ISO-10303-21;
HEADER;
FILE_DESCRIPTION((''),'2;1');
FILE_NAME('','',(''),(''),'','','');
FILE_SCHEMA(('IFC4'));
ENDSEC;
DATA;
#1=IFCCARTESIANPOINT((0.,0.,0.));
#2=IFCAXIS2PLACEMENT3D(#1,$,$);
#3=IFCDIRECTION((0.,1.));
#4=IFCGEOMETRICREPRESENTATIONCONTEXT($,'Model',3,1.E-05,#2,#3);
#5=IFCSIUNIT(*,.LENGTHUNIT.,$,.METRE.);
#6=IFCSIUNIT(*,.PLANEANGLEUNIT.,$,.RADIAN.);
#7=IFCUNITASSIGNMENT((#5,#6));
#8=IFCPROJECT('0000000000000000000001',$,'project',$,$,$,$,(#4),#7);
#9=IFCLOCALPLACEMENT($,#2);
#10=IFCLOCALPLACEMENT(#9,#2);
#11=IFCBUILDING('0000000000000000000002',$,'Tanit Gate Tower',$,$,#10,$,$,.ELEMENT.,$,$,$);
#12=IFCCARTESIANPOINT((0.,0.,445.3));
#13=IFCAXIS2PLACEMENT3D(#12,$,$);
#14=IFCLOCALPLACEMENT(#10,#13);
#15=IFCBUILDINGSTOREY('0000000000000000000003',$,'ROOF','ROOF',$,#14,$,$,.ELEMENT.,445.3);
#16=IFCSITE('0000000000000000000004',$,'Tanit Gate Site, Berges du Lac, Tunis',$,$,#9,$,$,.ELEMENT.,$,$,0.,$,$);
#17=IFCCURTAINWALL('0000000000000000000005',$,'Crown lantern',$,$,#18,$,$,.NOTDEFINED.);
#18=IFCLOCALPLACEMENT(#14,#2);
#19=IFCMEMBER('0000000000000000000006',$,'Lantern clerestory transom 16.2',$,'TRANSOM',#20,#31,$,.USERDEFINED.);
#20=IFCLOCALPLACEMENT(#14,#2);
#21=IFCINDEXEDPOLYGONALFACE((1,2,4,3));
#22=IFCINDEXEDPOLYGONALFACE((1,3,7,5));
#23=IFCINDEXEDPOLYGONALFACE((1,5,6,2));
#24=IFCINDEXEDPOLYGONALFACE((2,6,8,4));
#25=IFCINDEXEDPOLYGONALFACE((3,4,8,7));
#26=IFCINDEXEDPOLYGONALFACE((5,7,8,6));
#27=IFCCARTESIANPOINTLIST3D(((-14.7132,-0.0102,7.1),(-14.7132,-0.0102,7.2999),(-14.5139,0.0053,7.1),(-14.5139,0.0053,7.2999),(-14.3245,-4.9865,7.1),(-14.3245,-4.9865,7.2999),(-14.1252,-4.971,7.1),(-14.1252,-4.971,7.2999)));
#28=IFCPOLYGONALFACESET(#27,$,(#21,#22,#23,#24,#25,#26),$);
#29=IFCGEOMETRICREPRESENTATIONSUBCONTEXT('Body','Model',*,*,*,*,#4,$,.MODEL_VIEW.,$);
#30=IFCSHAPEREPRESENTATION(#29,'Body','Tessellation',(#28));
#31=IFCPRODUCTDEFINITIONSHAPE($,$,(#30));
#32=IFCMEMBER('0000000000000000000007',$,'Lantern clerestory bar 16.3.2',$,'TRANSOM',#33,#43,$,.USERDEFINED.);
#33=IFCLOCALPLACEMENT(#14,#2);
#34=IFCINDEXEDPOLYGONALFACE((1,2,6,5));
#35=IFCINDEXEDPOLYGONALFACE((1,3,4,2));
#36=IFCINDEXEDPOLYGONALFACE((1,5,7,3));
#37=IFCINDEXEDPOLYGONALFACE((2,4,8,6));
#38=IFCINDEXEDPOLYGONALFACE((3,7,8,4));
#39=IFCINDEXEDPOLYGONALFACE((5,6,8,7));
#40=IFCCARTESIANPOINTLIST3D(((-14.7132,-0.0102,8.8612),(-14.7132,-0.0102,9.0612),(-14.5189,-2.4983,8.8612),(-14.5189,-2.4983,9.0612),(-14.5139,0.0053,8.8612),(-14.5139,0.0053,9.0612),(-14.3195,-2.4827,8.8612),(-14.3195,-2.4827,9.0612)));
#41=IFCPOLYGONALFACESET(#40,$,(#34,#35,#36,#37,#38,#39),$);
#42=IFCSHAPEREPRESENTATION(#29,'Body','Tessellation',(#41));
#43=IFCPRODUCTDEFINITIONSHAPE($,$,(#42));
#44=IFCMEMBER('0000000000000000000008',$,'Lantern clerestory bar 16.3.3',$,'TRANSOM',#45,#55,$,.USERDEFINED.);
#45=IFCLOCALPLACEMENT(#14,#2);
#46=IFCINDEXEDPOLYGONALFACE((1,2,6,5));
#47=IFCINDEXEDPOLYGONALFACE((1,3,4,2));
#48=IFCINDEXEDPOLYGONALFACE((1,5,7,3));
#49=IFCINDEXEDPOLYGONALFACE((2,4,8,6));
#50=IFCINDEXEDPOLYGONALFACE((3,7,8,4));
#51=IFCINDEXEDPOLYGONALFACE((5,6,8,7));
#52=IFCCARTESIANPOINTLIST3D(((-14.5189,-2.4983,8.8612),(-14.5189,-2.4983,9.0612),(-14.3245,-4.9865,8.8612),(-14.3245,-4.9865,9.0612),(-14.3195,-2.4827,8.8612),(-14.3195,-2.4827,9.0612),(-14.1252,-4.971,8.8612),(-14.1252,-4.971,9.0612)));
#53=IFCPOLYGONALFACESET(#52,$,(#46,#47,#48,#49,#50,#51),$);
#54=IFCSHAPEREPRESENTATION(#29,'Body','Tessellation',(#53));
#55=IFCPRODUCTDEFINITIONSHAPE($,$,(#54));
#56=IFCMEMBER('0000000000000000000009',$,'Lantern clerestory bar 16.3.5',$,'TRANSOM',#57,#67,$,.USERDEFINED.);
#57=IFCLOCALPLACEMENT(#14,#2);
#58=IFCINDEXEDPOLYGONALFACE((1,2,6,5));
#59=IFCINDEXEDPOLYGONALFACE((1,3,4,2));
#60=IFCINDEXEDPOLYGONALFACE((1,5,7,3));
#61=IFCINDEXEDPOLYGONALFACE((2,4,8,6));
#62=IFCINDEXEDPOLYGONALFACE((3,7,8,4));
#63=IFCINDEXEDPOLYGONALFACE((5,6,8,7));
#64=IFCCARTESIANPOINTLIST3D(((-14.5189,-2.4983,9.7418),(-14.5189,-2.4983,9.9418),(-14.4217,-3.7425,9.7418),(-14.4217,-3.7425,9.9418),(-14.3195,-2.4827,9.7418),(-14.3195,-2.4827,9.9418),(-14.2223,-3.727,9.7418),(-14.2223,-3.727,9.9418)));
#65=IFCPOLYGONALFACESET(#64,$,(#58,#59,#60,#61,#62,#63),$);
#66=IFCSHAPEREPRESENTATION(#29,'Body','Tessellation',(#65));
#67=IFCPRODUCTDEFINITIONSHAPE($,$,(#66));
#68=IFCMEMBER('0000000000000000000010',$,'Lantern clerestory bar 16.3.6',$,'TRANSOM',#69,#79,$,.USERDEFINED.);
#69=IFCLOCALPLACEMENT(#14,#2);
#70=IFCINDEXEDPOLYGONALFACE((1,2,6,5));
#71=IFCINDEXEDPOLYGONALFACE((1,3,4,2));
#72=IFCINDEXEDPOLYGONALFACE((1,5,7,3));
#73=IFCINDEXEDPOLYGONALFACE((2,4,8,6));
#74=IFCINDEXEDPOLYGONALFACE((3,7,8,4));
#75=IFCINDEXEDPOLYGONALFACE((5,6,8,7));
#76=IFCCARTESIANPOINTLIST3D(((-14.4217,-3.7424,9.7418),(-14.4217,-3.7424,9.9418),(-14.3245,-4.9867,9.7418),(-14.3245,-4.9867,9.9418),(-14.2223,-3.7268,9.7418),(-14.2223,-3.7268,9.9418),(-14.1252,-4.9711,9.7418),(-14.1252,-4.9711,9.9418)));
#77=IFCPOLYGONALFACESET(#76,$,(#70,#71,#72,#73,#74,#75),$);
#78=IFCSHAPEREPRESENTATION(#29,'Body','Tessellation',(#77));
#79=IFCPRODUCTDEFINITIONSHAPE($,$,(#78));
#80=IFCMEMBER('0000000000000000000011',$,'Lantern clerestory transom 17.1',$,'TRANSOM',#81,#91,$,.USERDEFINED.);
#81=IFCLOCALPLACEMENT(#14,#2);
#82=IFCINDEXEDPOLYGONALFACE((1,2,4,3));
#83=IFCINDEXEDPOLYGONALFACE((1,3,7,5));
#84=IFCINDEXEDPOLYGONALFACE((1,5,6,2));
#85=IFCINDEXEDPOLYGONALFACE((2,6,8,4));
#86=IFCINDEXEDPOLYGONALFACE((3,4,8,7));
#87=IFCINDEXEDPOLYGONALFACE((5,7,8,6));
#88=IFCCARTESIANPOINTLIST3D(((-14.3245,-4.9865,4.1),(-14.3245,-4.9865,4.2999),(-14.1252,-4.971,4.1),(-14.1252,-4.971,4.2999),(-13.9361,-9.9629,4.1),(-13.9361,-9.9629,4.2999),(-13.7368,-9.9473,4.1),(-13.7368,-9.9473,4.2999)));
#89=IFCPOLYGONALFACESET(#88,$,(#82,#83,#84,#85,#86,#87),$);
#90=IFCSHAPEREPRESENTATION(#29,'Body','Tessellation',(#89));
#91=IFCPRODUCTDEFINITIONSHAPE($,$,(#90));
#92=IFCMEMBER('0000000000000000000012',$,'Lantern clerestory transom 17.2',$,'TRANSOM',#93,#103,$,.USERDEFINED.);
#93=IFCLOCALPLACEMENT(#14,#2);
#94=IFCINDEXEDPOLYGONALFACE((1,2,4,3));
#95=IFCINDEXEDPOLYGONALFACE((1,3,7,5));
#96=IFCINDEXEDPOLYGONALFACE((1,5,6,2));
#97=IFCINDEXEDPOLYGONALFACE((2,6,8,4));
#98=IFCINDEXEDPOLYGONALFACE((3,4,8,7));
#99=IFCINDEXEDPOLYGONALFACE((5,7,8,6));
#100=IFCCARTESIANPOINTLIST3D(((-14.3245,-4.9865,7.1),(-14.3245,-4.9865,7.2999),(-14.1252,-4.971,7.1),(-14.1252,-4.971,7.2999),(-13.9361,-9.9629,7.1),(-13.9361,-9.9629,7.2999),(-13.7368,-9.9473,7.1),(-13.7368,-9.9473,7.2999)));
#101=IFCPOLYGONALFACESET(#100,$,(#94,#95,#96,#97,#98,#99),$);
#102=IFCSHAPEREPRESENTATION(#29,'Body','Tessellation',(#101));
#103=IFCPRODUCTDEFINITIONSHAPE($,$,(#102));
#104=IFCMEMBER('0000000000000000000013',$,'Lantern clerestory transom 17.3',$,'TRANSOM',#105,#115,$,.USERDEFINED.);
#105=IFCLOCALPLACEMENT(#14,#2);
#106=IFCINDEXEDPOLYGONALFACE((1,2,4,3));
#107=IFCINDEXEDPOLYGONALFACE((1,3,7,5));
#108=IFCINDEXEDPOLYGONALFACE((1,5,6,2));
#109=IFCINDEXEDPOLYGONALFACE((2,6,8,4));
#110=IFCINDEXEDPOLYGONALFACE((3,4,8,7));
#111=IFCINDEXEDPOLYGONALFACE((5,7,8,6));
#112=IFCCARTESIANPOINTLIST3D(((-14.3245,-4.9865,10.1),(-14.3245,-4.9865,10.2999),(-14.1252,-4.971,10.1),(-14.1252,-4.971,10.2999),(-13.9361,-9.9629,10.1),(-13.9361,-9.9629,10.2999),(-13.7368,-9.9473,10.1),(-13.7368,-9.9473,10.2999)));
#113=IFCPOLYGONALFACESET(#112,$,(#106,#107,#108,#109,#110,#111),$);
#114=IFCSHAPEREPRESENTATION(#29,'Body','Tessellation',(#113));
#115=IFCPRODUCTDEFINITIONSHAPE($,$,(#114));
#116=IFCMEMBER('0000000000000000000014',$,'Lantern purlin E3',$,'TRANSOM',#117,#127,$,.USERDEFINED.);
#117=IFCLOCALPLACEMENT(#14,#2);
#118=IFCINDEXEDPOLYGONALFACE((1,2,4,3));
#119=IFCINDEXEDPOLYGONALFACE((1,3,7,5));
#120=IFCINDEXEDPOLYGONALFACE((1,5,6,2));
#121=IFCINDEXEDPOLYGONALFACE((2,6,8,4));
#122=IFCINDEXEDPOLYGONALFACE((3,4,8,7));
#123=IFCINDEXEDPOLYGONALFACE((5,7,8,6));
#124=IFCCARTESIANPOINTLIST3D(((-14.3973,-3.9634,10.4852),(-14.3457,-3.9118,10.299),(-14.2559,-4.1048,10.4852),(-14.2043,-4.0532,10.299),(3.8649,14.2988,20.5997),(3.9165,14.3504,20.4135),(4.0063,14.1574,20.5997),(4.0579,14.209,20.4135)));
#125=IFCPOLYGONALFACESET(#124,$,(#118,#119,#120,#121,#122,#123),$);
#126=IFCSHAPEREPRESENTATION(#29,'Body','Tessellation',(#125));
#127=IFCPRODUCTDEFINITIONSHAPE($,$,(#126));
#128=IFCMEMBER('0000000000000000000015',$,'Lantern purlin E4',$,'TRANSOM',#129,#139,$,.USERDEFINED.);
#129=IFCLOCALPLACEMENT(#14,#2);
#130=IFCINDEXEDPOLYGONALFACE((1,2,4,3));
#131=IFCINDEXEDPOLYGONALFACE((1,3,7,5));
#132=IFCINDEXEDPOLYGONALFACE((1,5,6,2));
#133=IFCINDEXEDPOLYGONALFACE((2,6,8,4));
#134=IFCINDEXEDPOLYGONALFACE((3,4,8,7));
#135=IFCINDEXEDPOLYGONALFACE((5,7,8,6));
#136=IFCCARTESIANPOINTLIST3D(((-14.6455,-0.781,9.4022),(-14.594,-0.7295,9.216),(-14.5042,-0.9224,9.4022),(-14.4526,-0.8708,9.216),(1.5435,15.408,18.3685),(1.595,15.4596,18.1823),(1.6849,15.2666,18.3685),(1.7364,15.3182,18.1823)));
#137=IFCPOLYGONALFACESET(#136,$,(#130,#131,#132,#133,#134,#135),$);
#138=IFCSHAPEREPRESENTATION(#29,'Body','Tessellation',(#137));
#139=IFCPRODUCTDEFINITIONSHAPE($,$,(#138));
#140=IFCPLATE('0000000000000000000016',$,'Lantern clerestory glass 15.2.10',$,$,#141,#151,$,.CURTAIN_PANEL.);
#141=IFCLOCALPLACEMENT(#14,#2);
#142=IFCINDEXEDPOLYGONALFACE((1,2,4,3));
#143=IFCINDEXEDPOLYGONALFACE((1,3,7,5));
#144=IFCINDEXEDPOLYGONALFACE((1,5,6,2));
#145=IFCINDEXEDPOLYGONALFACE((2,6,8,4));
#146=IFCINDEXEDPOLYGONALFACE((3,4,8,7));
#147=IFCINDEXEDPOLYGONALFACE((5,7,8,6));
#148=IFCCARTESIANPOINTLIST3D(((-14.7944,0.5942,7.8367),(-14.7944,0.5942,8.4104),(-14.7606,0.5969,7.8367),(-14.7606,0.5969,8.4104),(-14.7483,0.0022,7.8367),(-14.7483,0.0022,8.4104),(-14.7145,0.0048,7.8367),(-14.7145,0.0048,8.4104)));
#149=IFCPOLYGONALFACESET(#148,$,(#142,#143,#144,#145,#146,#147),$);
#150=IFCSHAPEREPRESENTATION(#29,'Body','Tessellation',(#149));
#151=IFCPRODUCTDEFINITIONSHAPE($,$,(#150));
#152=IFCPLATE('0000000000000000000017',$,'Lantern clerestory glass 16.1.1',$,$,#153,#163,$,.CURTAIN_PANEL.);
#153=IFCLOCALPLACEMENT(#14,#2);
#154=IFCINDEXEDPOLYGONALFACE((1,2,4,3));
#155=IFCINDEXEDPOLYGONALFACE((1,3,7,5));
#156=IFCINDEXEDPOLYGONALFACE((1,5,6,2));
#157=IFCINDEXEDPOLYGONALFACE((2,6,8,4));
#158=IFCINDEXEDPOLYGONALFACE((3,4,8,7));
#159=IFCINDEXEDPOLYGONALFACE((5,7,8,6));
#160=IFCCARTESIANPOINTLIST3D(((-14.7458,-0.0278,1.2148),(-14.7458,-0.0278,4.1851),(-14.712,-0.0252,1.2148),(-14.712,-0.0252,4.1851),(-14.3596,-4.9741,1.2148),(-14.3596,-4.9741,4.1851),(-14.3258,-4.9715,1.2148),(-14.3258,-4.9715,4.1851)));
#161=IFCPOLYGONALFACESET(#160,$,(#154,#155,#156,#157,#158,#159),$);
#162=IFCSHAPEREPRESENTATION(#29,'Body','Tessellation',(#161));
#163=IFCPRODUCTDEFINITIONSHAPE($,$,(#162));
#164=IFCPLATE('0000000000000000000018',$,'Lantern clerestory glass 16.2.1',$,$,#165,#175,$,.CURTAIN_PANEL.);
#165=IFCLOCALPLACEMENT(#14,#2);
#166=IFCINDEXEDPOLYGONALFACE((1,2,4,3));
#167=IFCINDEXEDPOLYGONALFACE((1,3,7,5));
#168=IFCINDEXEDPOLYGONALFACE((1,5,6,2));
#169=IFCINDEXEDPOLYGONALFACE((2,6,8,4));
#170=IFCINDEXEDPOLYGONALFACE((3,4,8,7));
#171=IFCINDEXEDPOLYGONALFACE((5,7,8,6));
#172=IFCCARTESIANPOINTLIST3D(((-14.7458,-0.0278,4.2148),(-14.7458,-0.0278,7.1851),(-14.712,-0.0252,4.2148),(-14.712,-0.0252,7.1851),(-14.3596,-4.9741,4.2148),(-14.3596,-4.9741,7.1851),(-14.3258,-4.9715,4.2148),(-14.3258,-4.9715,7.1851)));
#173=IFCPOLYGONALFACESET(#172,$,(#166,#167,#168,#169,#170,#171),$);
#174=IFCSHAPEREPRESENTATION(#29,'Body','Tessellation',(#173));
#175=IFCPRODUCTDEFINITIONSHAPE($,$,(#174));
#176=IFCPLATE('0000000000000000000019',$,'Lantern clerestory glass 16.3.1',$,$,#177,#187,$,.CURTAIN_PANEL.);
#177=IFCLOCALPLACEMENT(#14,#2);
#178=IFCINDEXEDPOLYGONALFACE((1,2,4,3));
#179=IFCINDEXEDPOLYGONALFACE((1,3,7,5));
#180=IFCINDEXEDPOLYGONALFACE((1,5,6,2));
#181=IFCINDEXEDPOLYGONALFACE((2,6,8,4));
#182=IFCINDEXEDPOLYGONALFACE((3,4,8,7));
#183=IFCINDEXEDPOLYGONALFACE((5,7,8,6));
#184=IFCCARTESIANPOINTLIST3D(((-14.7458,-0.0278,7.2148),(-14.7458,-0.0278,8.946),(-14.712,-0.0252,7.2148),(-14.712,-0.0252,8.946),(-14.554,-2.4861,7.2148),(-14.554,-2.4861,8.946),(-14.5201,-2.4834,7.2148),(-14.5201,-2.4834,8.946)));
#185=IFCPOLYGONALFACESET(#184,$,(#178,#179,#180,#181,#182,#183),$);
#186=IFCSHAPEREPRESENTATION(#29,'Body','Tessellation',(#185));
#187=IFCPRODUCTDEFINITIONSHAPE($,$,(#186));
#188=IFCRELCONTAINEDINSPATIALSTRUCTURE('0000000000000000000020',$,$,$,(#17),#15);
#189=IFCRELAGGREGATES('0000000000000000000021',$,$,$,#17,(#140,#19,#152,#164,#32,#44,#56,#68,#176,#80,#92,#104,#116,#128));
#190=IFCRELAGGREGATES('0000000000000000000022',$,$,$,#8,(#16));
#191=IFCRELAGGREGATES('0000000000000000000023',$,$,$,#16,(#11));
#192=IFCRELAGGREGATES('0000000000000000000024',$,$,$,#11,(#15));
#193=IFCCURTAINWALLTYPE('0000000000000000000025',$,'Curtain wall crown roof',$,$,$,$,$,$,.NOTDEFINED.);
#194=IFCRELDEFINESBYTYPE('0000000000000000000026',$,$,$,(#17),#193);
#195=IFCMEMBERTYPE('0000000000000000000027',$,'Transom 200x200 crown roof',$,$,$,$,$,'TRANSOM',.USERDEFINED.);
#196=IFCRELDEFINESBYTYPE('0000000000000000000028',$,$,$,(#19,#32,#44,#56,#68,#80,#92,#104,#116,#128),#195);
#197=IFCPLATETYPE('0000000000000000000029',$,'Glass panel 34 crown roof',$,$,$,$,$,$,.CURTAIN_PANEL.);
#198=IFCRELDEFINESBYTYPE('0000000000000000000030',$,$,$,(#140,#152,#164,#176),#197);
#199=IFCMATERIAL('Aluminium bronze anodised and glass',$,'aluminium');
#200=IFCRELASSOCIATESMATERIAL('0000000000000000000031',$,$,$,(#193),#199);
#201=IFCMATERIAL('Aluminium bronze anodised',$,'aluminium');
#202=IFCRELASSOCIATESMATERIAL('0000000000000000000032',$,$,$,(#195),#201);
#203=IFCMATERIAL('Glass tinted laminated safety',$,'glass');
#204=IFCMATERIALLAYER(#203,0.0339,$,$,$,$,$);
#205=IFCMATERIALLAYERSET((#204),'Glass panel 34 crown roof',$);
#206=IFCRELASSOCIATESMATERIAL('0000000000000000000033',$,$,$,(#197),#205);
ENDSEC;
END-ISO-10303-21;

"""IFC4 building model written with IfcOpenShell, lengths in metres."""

from ifc_helpers import new_model, si_unit, direction, frame, origin, origin_2d, place, context, subcontext, project, spatial, polyline, rectangle, outline, extrude, material, layer, layer_set, material_profile, profile_set, type_object, element, aggregate, save


model = new_model("IFC4")

# Units and contexts
model_context = context("Model", 3, precision=1e-05, world=origin(), true_north=direction((0.0, 1.0)))
body_context = subcontext(model_context, "Body", "Model", "MODEL_VIEW")
ifc_project = project(units=[si_unit("LENGTHUNIT", "METRE"), si_unit("PLANEANGLEUNIT", "RADIAN")], contexts=[model_context])

# Site, building, storey
site_placement = place(None, origin())
site = spatial("IfcSite", under=ifc_project, at=site_placement, Name="Tanit Gate Site, Berges du Lac, Tunis", CompositionType="ELEMENT", RefElevation=0.0)
building_placement = place(site_placement, origin())
building = spatial("IfcBuilding", under=site, at=building_placement, Name="Tanit Gate Tower", CompositionType="ELEMENT")
storey_placement = place(building_placement, frame((0.0, 0.0, 445.3)))
storey = spatial("IfcBuildingStorey", under=building, at=storey_placement, Name="ROOF", Description="ROOF", CompositionType="ELEMENT", Elevation=445.3)

# Curtain wall, members, plates
ifc_material_1 = material(Name="Aluminium bronze anodised and glass", Category="aluminium")
curtain_wall_type = type_object("IfcCurtainWallType", Name="Curtain wall crown roof", PredefinedType="NOTDEFINED", material=ifc_material_1)
curtain_wall_placement = place(storey_placement, origin())
curtain_wall = element("IfcCurtainWall", 1, at=curtain_wall_placement, inside=storey, type_object=curtain_wall_type, Name="Crown lantern", PredefinedType="NOTDEFINED")
ifc_material_2 = material(Name="Aluminium bronze anodised", Category="aluminium")
ifc_material_profile_1 = material_profile(ifc_material_2, rectangle(XDim=0.2, YDim=0.2, at=origin_2d()), Name="200x200 bronze transom")
ifc_profile_set_1 = profile_set([ifc_material_profile_1], Name="Aluminium bronze anodised")
member_type_1 = type_object("IfcMemberType", Name="Transom 200x200 crown roof", ElementType="TRANSOM", PredefinedType="USERDEFINED", material=ifc_profile_set_1)
member_1_placement = place(storey_placement, frame((-14.6135, -0.0024, 7.2), z_axis=(0.077867, -0.996964, 0.0), x_axis=(0.996964, 0.077867, 0.0)))
member_1 = element("IfcMember", 2, at=member_1_placement, type_object=member_type_1, Name="Lantern clerestory transom 16.2", ObjectType="TRANSOM", PredefinedType="USERDEFINED", context=body_context, shape_type="SweptSolid", body=[
    extrude(rectangle(XDim=0.2, YDim=0.2, at=origin_2d()), origin(), (0.0, 0.0, 1.0), 4.9915),
])
member_2_placement = place(storey_placement, frame((-14.6135, -0.0024, 8.9612), z_axis=(0.077871, -0.996963, 0.0), x_axis=(0.996963, 0.077871, 0.0)))
member_2 = element("IfcMember", 3, at=member_2_placement, type_object=member_type_1, Name="Lantern clerestory bar 16.3.2", ObjectType="TRANSOM", PredefinedType="USERDEFINED", context=body_context, shape_type="SweptSolid", body=[
    extrude(rectangle(XDim=0.2, YDim=0.2, at=origin_2d()), origin(), (0.0, 0.0, 1.0), 2.4956),
])
member_3_placement = place(storey_placement, frame((-14.4192, -2.4905, 8.9612), z_axis=(0.077863, -0.996964, 0.0), x_axis=(0.996964, 0.077863, 0.0)))
member_3 = element("IfcMember", 4, at=member_3_placement, type_object=member_type_1, Name="Lantern clerestory bar 16.3.3", ObjectType="TRANSOM", PredefinedType="USERDEFINED", context=body_context, shape_type="SweptSolid", body=[
    extrude(rectangle(XDim=0.2, YDim=0.2, at=origin_2d()), origin(), (0.0, 0.0, 1.0), 2.4958),
])
member_4_placement = place(storey_placement, frame((-14.4192, -2.4905, 9.8418), z_axis=(0.077863, -0.996964, 0.0), x_axis=(0.996964, 0.077863, 0.0)))
member_4 = element("IfcMember", 5, at=member_4_placement, type_object=member_type_1, Name="Lantern clerestory bar 16.3.5", ObjectType="TRANSOM", PredefinedType="USERDEFINED", context=body_context, shape_type="SweptSolid", body=[
    extrude(rectangle(XDim=0.2, YDim=0.2, at=origin_2d()), origin(), (0.0, 0.0, 1.0), 1.248),
])
member_5_placement = place(storey_placement, frame((-14.322, -3.7346, 9.8418), z_axis=(0.077863, -0.996964, 0.0), x_axis=(0.996964, 0.077863, 0.0)))
member_5 = element("IfcMember", 6, at=member_5_placement, type_object=member_type_1, Name="Lantern clerestory bar 16.3.6", ObjectType="TRANSOM", PredefinedType="USERDEFINED", context=body_context, shape_type="SweptSolid", body=[
    extrude(rectangle(XDim=0.2, YDim=0.2, at=origin_2d()), origin(), (0.0, 0.0, 1.0), 1.248),
])
member_6_placement = place(storey_placement, frame((-14.2249, -4.9788, 4.2), z_axis=(0.077819, -0.996968, 0.0), x_axis=(0.996968, 0.077819, 0.0)))
member_6 = element("IfcMember", 7, at=member_6_placement, type_object=member_type_1, Name="Lantern clerestory transom 17.1", ObjectType="TRANSOM", PredefinedType="USERDEFINED", context=body_context, shape_type="SweptSolid", body=[
    extrude(rectangle(XDim=0.2, YDim=0.2, at=origin_2d()), origin(), (0.0, 0.0, 1.0), 4.9915),
])
member_7_placement = place(storey_placement, frame((-14.2249, -4.9788, 7.2), z_axis=(0.077819, -0.996968, 0.0), x_axis=(0.996968, 0.077819, 0.0)))
member_7 = element("IfcMember", 8, at=member_7_placement, type_object=member_type_1, Name="Lantern clerestory transom 17.2", ObjectType="TRANSOM", PredefinedType="USERDEFINED", context=body_context, shape_type="SweptSolid", body=[
    extrude(rectangle(XDim=0.2, YDim=0.2, at=origin_2d()), origin(), (0.0, 0.0, 1.0), 4.9915),
])
member_8_placement = place(storey_placement, frame((-14.2249, -4.9788, 10.2), z_axis=(0.077819, -0.996968, 0.0), x_axis=(0.996968, 0.077819, 0.0)))
member_8 = element("IfcMember", 9, at=member_8_placement, type_object=member_type_1, Name="Lantern clerestory transom 17.3", ObjectType="TRANSOM", PredefinedType="USERDEFINED", context=body_context, shape_type="SweptSolid", body=[
    extrude(rectangle(XDim=0.2, YDim=0.2, at=origin_2d()), origin(), (0.0, 0.0, 1.0), 4.9915),
])
member_9_placement = place(storey_placement, frame((-14.3008, -4.0083, 10.3921), z_axis=(0.658415, 0.658415, 0.364663), x_axis=(-0.707107, 0.707107, 0.0)))
member_9 = element("IfcMember", 10, at=member_9_placement, type_object=member_type_1, Name="Lantern purlin E3", ObjectType="TRANSOM", PredefinedType="USERDEFINED", context=body_context, shape_type="SweptSolid", body=[
    extrude(rectangle(XDim=0.2, YDim=0.2, at=origin_2d()), origin(), (0.0, 0.0, 1.0), 27.7366),
])
member_10_placement = place(storey_placement, frame((-14.5491, -0.8259, 9.3091), z_axis=(0.658415, 0.658415, 0.364665), x_axis=(-0.707107, 0.707107, 0.0)))
member_10 = element("IfcMember", 11, at=member_10_placement, type_object=member_type_1, Name="Lantern purlin E4", ObjectType="TRANSOM", PredefinedType="USERDEFINED", context=body_context, shape_type="SweptSolid", body=[
    extrude(rectangle(XDim=0.2, YDim=0.2, at=origin_2d()), origin(), (0.0, 0.0, 1.0), 24.5879),
])
ifc_material_3 = material(Name="Glass tinted laminated safety", Category="glass")
ifc_layer_1 = layer(ifc_material_3, 0.0339)
ifc_layer_set_1 = layer_set([ifc_layer_1], Name="Glass panel 34 crown roof")
plate_type = type_object("IfcPlateType", Name="Glass panel 34 crown roof", PredefinedType="CURTAIN_PANEL", material=ifc_layer_set_1)
plate_1_placement = place(storey_placement, frame((-14.7944, 0.5942, 7.8367), z_axis=(-0.996977, -0.077703, 0.0), x_axis=(0.077703, -0.996977, 0.0)))
plate_1 = element("IfcPlate", 12, at=plate_1_placement, type_object=plate_type, Name="Lantern clerestory glass 15.2.10", PredefinedType="CURTAIN_PANEL", context=body_context, shape_type="SweptSolid", body=[
    extrude(outline(polyline([(0.0, 0.0), (0.5938, 0.0), (0.5938, 0.5737), (0.0, 0.5737), (0.0, 0.0)])), origin(), (0.0, 0.0, -1.0), 0.0339),
])
plate_2_placement = place(storey_placement, frame((-14.7458, -0.0278, 1.2148), z_axis=(-0.996965, -0.077848, 0.0), x_axis=(0.077848, -0.996965, 0.0)))
plate_2 = element("IfcPlate", 13, at=plate_2_placement, type_object=plate_type, Name="Lantern clerestory glass 16.1.1", PredefinedType="CURTAIN_PANEL", context=body_context, shape_type="SweptSolid", body=[
    extrude(outline(polyline([(0.0, 0.0), (4.9613, 0.0), (4.9613, 2.9702), (0.0, 2.9702), (0.0, 0.0)])), origin(), (0.0, 0.0, -1.0), 0.0339),
])
plate_3_placement = place(storey_placement, frame((-14.7458, -0.0278, 4.2148), z_axis=(-0.996965, -0.077848, 0.0), x_axis=(0.077848, -0.996965, 0.0)))
plate_3 = element("IfcPlate", 14, at=plate_3_placement, type_object=plate_type, Name="Lantern clerestory glass 16.2.1", PredefinedType="CURTAIN_PANEL", context=body_context, shape_type="SweptSolid", body=[
    extrude(outline(polyline([(0.0, 0.0), (4.9613, 0.0), (4.9613, 2.9702), (0.0, 2.9702), (0.0, 0.0)])), origin(), (0.0, 0.0, -1.0), 0.0339),
])
plate_4_placement = place(storey_placement, frame((-14.7458, -0.0278, 7.2148), z_axis=(-0.996967, -0.077825, 0.0), x_axis=(0.077825, -0.996967, 0.0)))
plate_4 = element("IfcPlate", 15, at=plate_4_placement, type_object=plate_type, Name="Lantern clerestory glass 16.3.1", PredefinedType="CURTAIN_PANEL", context=body_context, shape_type="SweptSolid", body=[
    extrude(outline(polyline([(0.0, 0.0), (2.4657, 0.0), (2.4657, 1.7312), (0.0, 1.7312), (0.0, 0.0)])), origin(), (0.0, 0.0, -1.0), 0.0339),
])
aggregate(curtain_wall, [plate_1, member_1, plate_2, plate_3, member_2, member_3, member_4, member_5, plate_4, member_6, member_7, member_8, member_9, member_10])

save(model, "model.ifc")
